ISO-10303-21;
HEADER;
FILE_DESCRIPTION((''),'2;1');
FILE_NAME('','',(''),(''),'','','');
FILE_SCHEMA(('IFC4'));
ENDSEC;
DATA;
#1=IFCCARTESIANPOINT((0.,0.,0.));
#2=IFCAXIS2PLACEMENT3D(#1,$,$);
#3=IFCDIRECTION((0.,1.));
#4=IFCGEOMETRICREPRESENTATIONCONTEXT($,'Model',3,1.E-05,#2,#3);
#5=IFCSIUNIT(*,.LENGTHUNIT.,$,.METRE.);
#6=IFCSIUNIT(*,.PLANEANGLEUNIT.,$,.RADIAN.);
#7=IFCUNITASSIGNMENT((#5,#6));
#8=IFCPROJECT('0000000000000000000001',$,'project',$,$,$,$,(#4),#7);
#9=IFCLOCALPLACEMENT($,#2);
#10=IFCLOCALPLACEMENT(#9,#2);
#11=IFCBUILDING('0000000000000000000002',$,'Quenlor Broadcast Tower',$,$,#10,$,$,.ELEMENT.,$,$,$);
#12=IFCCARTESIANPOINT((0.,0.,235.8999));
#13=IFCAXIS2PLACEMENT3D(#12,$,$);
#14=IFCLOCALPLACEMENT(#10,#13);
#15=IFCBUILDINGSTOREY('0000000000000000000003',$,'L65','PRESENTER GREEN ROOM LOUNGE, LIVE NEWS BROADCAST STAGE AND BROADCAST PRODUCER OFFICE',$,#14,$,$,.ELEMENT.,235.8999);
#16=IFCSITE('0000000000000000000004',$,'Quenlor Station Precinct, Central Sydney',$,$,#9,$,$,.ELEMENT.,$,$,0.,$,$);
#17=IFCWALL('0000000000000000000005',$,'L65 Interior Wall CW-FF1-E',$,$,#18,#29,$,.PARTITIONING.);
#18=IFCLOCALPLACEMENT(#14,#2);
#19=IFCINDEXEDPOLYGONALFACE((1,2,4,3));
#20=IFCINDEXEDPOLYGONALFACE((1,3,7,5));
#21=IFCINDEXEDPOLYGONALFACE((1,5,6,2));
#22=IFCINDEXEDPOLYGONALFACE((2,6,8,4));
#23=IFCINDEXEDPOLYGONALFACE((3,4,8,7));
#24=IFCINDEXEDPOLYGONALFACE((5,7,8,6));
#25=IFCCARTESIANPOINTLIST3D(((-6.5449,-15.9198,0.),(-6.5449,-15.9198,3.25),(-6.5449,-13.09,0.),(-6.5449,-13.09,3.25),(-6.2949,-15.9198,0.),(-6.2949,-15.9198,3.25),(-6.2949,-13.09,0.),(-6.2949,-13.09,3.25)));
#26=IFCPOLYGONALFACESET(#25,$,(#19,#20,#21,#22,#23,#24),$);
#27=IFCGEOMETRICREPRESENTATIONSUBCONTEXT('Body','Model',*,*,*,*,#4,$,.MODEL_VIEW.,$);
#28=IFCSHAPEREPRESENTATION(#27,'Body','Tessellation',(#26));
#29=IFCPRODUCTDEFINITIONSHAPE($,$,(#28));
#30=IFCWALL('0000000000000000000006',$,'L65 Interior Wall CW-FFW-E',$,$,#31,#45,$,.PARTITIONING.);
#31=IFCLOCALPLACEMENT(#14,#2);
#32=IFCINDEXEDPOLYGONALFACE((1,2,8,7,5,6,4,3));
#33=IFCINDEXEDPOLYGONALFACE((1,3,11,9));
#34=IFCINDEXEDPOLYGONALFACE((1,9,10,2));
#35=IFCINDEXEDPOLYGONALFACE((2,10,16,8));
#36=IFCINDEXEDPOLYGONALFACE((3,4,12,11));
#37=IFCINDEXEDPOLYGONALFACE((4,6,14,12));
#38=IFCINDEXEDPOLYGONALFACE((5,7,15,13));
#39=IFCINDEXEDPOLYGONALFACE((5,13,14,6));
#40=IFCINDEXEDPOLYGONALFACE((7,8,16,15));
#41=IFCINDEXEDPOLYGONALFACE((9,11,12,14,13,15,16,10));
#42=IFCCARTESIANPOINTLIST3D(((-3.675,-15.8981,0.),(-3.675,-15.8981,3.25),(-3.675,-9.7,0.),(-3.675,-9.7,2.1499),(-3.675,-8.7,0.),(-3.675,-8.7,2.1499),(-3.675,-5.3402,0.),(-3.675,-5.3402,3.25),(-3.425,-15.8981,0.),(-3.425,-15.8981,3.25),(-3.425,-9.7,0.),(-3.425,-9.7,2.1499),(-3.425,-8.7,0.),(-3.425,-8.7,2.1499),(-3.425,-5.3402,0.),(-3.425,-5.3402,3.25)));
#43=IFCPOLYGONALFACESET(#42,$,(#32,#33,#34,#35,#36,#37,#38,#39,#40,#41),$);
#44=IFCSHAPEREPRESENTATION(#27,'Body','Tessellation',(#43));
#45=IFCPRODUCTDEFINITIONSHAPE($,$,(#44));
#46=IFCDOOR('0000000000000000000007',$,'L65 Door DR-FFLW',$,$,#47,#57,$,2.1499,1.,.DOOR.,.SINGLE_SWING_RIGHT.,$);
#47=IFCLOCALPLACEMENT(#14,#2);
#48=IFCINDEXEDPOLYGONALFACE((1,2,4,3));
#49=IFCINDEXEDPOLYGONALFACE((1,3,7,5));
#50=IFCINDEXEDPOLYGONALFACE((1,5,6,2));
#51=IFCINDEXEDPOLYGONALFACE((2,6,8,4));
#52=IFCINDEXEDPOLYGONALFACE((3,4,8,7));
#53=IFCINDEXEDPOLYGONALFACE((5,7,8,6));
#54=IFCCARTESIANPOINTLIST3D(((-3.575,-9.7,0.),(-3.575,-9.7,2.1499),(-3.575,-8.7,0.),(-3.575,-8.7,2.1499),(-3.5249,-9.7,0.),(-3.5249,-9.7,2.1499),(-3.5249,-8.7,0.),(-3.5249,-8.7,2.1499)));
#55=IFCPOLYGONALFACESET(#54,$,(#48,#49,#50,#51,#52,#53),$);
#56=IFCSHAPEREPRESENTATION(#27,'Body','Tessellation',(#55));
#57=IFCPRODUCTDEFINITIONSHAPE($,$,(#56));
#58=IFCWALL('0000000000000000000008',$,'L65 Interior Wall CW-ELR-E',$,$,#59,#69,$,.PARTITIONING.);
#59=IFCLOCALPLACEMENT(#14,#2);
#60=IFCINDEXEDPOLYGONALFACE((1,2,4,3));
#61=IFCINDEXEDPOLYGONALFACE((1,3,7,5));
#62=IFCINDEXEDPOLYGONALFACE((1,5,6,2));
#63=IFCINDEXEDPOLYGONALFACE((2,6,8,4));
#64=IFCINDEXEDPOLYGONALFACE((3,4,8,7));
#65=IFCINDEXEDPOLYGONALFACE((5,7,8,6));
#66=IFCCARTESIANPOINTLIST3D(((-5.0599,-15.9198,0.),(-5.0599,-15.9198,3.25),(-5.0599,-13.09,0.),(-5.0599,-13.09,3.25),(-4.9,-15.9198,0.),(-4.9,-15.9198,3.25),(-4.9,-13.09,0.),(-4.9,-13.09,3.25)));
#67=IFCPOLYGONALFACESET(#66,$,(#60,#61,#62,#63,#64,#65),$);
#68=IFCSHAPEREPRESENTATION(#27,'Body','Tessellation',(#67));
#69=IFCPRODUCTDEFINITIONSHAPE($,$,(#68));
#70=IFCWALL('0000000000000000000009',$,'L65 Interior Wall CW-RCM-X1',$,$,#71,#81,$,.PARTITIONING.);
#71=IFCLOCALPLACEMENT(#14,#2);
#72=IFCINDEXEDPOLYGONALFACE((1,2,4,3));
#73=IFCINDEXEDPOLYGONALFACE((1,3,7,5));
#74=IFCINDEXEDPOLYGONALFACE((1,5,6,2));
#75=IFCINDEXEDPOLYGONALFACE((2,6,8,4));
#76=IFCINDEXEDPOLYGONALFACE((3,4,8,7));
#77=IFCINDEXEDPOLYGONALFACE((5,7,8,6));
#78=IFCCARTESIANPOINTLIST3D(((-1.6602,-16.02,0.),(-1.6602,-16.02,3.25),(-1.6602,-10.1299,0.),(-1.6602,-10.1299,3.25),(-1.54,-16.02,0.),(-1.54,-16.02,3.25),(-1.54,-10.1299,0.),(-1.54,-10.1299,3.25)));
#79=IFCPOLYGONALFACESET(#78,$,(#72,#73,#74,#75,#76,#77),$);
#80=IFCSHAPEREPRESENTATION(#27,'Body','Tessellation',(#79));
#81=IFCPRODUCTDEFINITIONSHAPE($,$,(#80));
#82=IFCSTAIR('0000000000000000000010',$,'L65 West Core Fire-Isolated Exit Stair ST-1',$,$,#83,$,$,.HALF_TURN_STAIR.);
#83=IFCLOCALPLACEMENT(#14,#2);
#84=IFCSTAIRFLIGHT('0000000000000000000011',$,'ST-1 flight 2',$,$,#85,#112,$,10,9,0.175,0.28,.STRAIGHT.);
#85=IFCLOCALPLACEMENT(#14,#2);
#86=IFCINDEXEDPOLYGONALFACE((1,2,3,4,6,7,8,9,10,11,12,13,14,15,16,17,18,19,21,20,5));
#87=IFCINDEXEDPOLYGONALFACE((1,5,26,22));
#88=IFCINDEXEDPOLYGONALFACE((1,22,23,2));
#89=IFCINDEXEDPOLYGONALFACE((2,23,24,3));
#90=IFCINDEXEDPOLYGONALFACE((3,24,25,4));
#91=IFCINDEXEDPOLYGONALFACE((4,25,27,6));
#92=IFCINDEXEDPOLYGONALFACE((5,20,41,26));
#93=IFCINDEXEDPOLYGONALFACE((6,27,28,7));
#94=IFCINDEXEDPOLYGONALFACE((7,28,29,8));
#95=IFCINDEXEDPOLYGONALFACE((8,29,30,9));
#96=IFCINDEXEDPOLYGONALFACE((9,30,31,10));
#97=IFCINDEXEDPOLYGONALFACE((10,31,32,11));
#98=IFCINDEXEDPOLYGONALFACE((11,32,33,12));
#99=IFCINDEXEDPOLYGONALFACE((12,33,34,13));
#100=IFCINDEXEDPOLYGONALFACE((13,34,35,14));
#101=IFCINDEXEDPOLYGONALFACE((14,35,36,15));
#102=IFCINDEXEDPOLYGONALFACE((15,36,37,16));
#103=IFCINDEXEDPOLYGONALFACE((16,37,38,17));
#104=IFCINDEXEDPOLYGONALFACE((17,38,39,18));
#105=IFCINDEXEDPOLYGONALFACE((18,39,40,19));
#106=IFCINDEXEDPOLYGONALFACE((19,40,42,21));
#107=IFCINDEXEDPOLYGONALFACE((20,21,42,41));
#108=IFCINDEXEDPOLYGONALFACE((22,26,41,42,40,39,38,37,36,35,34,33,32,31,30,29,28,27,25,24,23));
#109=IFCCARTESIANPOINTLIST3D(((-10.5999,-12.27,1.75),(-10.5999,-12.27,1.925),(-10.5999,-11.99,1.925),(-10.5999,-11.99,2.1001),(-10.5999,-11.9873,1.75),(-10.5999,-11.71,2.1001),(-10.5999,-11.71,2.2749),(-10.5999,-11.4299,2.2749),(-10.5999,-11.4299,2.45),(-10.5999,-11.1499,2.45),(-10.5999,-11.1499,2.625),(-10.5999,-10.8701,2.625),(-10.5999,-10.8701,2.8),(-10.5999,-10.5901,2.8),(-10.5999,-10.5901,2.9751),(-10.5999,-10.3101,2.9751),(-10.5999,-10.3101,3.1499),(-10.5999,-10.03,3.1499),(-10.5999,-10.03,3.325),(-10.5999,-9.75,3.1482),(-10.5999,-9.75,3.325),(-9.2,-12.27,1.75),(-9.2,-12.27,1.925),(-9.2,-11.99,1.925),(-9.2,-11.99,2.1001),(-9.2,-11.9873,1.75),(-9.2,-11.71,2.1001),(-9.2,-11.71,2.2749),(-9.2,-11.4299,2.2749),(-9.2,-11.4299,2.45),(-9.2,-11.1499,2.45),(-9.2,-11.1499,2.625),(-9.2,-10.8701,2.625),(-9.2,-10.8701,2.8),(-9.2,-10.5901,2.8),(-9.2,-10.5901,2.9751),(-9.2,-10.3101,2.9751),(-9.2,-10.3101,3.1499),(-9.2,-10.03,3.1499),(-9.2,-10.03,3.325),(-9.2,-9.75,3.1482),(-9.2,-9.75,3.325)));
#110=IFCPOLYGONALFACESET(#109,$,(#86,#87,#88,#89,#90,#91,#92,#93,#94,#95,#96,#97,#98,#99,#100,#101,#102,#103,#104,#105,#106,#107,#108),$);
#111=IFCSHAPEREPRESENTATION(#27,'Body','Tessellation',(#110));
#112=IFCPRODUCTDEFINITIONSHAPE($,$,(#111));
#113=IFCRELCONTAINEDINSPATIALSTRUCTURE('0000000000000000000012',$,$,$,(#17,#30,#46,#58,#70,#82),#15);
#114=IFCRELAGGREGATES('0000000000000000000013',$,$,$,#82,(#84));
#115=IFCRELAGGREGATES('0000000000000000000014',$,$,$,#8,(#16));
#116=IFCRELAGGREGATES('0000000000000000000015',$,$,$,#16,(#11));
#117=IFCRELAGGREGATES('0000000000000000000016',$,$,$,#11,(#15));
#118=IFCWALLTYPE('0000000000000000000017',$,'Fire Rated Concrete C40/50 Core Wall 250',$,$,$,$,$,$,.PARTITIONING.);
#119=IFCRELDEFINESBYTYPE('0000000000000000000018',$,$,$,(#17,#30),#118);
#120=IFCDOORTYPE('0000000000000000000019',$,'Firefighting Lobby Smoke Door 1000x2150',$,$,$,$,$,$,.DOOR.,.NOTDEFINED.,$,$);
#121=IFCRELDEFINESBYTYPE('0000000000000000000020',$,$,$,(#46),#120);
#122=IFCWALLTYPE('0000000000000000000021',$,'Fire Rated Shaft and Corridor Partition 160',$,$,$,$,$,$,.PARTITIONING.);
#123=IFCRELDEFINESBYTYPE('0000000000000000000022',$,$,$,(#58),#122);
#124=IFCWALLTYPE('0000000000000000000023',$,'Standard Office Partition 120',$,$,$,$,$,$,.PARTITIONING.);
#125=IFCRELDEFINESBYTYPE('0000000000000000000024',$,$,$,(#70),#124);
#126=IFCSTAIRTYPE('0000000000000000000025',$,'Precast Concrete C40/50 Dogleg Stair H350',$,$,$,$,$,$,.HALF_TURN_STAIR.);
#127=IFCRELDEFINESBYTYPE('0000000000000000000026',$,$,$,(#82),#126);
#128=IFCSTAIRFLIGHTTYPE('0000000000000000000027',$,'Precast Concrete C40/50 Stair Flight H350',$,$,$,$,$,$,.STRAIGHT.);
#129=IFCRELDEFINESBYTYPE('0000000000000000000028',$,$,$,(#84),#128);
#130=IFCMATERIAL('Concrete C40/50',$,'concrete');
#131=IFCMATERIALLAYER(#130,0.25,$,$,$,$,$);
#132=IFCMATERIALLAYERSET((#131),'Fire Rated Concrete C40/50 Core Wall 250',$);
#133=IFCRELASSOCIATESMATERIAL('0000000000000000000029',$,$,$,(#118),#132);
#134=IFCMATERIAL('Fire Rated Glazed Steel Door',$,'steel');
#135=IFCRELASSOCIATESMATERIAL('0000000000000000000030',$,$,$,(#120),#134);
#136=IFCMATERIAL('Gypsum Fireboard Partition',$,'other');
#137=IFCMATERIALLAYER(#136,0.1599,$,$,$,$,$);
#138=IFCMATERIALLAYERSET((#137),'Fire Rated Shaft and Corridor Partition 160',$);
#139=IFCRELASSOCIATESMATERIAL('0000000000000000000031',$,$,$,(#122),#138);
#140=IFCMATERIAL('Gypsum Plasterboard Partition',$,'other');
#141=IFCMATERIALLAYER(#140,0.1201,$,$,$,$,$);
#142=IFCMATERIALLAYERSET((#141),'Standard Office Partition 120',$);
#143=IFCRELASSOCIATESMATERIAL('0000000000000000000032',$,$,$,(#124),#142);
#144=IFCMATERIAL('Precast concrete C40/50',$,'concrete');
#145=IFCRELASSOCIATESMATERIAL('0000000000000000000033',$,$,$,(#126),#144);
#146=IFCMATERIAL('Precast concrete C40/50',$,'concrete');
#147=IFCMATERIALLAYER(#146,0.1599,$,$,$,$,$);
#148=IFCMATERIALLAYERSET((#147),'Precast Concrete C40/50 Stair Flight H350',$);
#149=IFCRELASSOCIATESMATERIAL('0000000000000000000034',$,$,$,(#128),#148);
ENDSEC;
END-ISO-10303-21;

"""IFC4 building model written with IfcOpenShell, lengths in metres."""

from ifc_helpers import new_model, si_unit, direction, frame, frame_2d, origin, place, context, subcontext, project, spatial, polyline, rectangle, outline, extrude, material, layer, layer_set, type_object, element, fill, aggregate, save


model = new_model("IFC4")

# Units and contexts
model_context = context("Model", 3, precision=1e-05, world=origin(), true_north=direction((0.0, 1.0)))
body_context = subcontext(model_context, "Body", "Model", "MODEL_VIEW")
ifc_project = project(units=[si_unit("LENGTHUNIT", "METRE"), si_unit("PLANEANGLEUNIT", "RADIAN")], contexts=[model_context])

# Site, building, storey
site_placement = place(None, origin())
site = spatial("IfcSite", under=ifc_project, at=site_placement, Name="Quenlor Station Precinct, Central Sydney", CompositionType="ELEMENT", RefElevation=0.0)
building_placement = place(site_placement, origin())
building = spatial("IfcBuilding", under=site, at=building_placement, Name="Quenlor Broadcast Tower", CompositionType="ELEMENT")
storey_placement = place(building_placement, frame((0.0, 0.0, 235.8999)))
storey = spatial("IfcBuildingStorey", under=building, at=storey_placement, Name="L65", Description="PRESENTER GREEN ROOM LOUNGE, LIVE NEWS BROADCAST STAGE AND BROADCAST PRODUCER OFFICE", CompositionType="ELEMENT", Elevation=235.8999)

# Shared definitions
ifc_material_1 = material(Name="Concrete C40/50", Category="concrete")
ifc_layer_1 = layer(ifc_material_1, 0.25)
ifc_layer_set_1 = layer_set([ifc_layer_1], Name="Fire Rated Concrete C40/50 Core Wall 250")
wall_type_1 = type_object("IfcWallType", Name="Fire Rated Concrete C40/50 Core Wall 250", PredefinedType="PARTITIONING", material=ifc_layer_set_1)

# Wall
wall_1_placement = place(storey_placement, frame((-6.4199, -15.9199, 0.0), z_axis=(0.0, 0.0, 1.0), x_axis=(0.0, 1.0, 0.0)))
element("IfcWall", 1, at=wall_1_placement, inside=storey, type_object=wall_type_1, Name="L65 Interior Wall CW-FF1-E", PredefinedType="PARTITIONING", context=body_context, shape_type="SweptSolid", body=[
    extrude(rectangle(XDim=2.8298, YDim=0.25, at=frame_2d((1.415, 0.0))), origin(), (0.0, 0.0, 1.0), 3.25),
])

# Wall, opening, door
wall_2_placement = place(storey_placement, frame((-3.55, -15.8979, 0.0), z_axis=(0.0, 0.0, 1.0), x_axis=(0.0, 1.0, 0.0)))
wall_2 = element("IfcWall", 2, at=wall_2_placement, inside=storey, type_object=wall_type_1, Name="L65 Interior Wall CW-FFW-E", PredefinedType="PARTITIONING", context=body_context, shape_type="SweptSolid", body=[
    extrude(rectangle(XDim=10.5579, YDim=0.25, at=frame_2d((5.2788, 0.0))), origin(), (0.0, 0.0, 1.0), 3.25),
])
opening_1_placement = place(wall_2_placement, frame((6.198, 0.0, 0.0)))
opening_1 = element("IfcOpeningElement", 3, at=opening_1_placement, cuts=wall_2, PredefinedType="OPENING", context=body_context, shape_type="SweptSolid", body=[
    extrude(rectangle(XDim=1.0, YDim=2.1499, at=frame_2d((0.5, 1.075))), frame((0.0, 0.135, 0.0), z_axis=(0.0, -1.0, 0.0), x_axis=(1.0, 0.0, 0.0)), (0.0, 0.0, 1.0), 0.27),
])
ifc_material_2 = material(Name="Fire Rated Glazed Steel Door", Category="steel")
door_type_1 = type_object("IfcDoorType", Name="Firefighting Lobby Smoke Door 1000x2150", OperationType="NOTDEFINED", PredefinedType="DOOR", material=ifc_material_2)
door_1_placement = place(opening_1_placement, origin())
door_1 = element("IfcDoor", 4, at=door_1_placement, inside=storey, type_object=door_type_1, Name="L65 Door DR-FFLW", OperationType="SINGLE_SWING_RIGHT", OverallHeight=2.1499, OverallWidth=1.0, PredefinedType="DOOR", context=body_context, shape_type="SweptSolid", body=[
    extrude(rectangle(XDim=1.0, YDim=2.1499, at=frame_2d((0.5, 1.075))), frame((0.0, 0.0249, 0.0), z_axis=(0.0, -1.0, 0.0), x_axis=(1.0, 0.0, 0.0)), (0.0, 0.0, 1.0), 0.05),
])
fill(opening_1, door_1)

# Wall
ifc_material_3 = material(Name="Gypsum Fireboard Partition", Category="other")
ifc_layer_2 = layer(ifc_material_3, 0.1599)
ifc_layer_set_2 = layer_set([ifc_layer_2], Name="Fire Rated Shaft and Corridor Partition 160")
wall_type_2 = type_object("IfcWallType", Name="Fire Rated Shaft and Corridor Partition 160", PredefinedType="PARTITIONING", material=ifc_layer_set_2)
wall_3_placement = place(storey_placement, frame((-4.98, -15.9199, 0.0), z_axis=(0.0, 0.0, 1.0), x_axis=(0.0, 1.0, 0.0)))
element("IfcWall", 5, at=wall_3_placement, inside=storey, type_object=wall_type_2, Name="L65 Interior Wall CW-ELR-E", PredefinedType="PARTITIONING", context=body_context, shape_type="SweptSolid", body=[
    extrude(rectangle(XDim=2.8298, YDim=0.1599, at=frame_2d((1.415, 0.0))), origin(), (0.0, 0.0, 1.0), 3.25),
])

# Shared definitions
ifc_material_4 = material(Name="Gypsum Plasterboard Partition", Category="other")
ifc_layer_3 = layer(ifc_material_4, 0.1201)
ifc_layer_set_3 = layer_set([ifc_layer_3], Name="Standard Office Partition 120")
wall_type_3 = type_object("IfcWallType", Name="Standard Office Partition 120", PredefinedType="PARTITIONING", material=ifc_layer_set_3)

# Wall
wall_4_placement = place(storey_placement, frame((-1.6001, -16.02, 0.0), z_axis=(0.0, 0.0, 1.0), x_axis=(0.0, 1.0, 0.0)))
element("IfcWall", 6, at=wall_4_placement, inside=storey, type_object=wall_type_3, Name="L65 Interior Wall CW-RCM-X1", PredefinedType="PARTITIONING", context=body_context, shape_type="SweptSolid", body=[
    extrude(rectangle(XDim=5.8901, YDim=0.1201, at=frame_2d((2.9451, 0.0))), origin(), (0.0, 0.0, 1.0), 3.25),
])

# Stair, stair flight
ifc_material_5 = material(Name="Precast concrete C40/50", Category="concrete")
stair_type = type_object("IfcStairType", Name="Precast Concrete C40/50 Dogleg Stair H350", PredefinedType="HALF_TURN_STAIR", material=ifc_material_5)
stair_placement = place(storey_placement, origin())
stair = element("IfcStair", 7, at=stair_placement, inside=storey, type_object=stair_type, Name="L65 West Core Fire-Isolated Exit Stair ST-1", PredefinedType="HALF_TURN_STAIR")
ifc_material_6 = material(Name="Precast concrete C40/50", Category="concrete")
ifc_layer_4 = layer(ifc_material_6, 0.1599)
ifc_layer_set_4 = layer_set([ifc_layer_4], Name="Precast Concrete C40/50 Stair Flight H350")
stair_flight_type = type_object("IfcStairFlightType", Name="Precast Concrete C40/50 Stair Flight H350", PredefinedType="STRAIGHT", material=ifc_layer_set_4)
stair_flight_placement = place(storey_placement, frame((-9.8999, -12.27, 1.75), z_axis=(0.0, 0.0, 1.0), x_axis=(0.0, 1.0, 0.0)))
stair_flight = element("IfcStairFlight", 8, at=stair_flight_placement, type_object=stair_flight_type, Name="ST-1 flight 2", NumberOfRisers=10, NumberOfTreads=9, PredefinedType="STRAIGHT", RiserHeight=0.175, TreadLength=0.28, context=body_context, shape_type="SweptSolid", body=[
    extrude(outline(polyline([(0.0, 0.0), (0.0, 0.175), (0.28, 0.175), (0.28, 0.3501), (0.5601, 0.3501), (0.5601, 0.5249), (0.8401, 0.5249), (0.8401, 0.7), (1.1201, 0.7), (1.1201, 0.875), (1.3999, 0.875), (1.3999, 1.05), (1.6799, 1.05), (1.6799, 1.2251), (1.96, 1.2251), (1.96, 1.3999), (2.24, 1.3999), (2.24, 1.575), (2.52, 1.575), (2.52, 1.75), (2.52, 1.3982), (0.2827, 0.0), (0.0, 0.0)])), frame((0.0, 0.7, 0.0), z_axis=(0.0, -1.0, 0.0), x_axis=(1.0, 0.0, 0.0)), (0.0, 0.0, 1.0), 1.3999),
])
aggregate(stair, [stair_flight])

save(model, "model.ifc")
